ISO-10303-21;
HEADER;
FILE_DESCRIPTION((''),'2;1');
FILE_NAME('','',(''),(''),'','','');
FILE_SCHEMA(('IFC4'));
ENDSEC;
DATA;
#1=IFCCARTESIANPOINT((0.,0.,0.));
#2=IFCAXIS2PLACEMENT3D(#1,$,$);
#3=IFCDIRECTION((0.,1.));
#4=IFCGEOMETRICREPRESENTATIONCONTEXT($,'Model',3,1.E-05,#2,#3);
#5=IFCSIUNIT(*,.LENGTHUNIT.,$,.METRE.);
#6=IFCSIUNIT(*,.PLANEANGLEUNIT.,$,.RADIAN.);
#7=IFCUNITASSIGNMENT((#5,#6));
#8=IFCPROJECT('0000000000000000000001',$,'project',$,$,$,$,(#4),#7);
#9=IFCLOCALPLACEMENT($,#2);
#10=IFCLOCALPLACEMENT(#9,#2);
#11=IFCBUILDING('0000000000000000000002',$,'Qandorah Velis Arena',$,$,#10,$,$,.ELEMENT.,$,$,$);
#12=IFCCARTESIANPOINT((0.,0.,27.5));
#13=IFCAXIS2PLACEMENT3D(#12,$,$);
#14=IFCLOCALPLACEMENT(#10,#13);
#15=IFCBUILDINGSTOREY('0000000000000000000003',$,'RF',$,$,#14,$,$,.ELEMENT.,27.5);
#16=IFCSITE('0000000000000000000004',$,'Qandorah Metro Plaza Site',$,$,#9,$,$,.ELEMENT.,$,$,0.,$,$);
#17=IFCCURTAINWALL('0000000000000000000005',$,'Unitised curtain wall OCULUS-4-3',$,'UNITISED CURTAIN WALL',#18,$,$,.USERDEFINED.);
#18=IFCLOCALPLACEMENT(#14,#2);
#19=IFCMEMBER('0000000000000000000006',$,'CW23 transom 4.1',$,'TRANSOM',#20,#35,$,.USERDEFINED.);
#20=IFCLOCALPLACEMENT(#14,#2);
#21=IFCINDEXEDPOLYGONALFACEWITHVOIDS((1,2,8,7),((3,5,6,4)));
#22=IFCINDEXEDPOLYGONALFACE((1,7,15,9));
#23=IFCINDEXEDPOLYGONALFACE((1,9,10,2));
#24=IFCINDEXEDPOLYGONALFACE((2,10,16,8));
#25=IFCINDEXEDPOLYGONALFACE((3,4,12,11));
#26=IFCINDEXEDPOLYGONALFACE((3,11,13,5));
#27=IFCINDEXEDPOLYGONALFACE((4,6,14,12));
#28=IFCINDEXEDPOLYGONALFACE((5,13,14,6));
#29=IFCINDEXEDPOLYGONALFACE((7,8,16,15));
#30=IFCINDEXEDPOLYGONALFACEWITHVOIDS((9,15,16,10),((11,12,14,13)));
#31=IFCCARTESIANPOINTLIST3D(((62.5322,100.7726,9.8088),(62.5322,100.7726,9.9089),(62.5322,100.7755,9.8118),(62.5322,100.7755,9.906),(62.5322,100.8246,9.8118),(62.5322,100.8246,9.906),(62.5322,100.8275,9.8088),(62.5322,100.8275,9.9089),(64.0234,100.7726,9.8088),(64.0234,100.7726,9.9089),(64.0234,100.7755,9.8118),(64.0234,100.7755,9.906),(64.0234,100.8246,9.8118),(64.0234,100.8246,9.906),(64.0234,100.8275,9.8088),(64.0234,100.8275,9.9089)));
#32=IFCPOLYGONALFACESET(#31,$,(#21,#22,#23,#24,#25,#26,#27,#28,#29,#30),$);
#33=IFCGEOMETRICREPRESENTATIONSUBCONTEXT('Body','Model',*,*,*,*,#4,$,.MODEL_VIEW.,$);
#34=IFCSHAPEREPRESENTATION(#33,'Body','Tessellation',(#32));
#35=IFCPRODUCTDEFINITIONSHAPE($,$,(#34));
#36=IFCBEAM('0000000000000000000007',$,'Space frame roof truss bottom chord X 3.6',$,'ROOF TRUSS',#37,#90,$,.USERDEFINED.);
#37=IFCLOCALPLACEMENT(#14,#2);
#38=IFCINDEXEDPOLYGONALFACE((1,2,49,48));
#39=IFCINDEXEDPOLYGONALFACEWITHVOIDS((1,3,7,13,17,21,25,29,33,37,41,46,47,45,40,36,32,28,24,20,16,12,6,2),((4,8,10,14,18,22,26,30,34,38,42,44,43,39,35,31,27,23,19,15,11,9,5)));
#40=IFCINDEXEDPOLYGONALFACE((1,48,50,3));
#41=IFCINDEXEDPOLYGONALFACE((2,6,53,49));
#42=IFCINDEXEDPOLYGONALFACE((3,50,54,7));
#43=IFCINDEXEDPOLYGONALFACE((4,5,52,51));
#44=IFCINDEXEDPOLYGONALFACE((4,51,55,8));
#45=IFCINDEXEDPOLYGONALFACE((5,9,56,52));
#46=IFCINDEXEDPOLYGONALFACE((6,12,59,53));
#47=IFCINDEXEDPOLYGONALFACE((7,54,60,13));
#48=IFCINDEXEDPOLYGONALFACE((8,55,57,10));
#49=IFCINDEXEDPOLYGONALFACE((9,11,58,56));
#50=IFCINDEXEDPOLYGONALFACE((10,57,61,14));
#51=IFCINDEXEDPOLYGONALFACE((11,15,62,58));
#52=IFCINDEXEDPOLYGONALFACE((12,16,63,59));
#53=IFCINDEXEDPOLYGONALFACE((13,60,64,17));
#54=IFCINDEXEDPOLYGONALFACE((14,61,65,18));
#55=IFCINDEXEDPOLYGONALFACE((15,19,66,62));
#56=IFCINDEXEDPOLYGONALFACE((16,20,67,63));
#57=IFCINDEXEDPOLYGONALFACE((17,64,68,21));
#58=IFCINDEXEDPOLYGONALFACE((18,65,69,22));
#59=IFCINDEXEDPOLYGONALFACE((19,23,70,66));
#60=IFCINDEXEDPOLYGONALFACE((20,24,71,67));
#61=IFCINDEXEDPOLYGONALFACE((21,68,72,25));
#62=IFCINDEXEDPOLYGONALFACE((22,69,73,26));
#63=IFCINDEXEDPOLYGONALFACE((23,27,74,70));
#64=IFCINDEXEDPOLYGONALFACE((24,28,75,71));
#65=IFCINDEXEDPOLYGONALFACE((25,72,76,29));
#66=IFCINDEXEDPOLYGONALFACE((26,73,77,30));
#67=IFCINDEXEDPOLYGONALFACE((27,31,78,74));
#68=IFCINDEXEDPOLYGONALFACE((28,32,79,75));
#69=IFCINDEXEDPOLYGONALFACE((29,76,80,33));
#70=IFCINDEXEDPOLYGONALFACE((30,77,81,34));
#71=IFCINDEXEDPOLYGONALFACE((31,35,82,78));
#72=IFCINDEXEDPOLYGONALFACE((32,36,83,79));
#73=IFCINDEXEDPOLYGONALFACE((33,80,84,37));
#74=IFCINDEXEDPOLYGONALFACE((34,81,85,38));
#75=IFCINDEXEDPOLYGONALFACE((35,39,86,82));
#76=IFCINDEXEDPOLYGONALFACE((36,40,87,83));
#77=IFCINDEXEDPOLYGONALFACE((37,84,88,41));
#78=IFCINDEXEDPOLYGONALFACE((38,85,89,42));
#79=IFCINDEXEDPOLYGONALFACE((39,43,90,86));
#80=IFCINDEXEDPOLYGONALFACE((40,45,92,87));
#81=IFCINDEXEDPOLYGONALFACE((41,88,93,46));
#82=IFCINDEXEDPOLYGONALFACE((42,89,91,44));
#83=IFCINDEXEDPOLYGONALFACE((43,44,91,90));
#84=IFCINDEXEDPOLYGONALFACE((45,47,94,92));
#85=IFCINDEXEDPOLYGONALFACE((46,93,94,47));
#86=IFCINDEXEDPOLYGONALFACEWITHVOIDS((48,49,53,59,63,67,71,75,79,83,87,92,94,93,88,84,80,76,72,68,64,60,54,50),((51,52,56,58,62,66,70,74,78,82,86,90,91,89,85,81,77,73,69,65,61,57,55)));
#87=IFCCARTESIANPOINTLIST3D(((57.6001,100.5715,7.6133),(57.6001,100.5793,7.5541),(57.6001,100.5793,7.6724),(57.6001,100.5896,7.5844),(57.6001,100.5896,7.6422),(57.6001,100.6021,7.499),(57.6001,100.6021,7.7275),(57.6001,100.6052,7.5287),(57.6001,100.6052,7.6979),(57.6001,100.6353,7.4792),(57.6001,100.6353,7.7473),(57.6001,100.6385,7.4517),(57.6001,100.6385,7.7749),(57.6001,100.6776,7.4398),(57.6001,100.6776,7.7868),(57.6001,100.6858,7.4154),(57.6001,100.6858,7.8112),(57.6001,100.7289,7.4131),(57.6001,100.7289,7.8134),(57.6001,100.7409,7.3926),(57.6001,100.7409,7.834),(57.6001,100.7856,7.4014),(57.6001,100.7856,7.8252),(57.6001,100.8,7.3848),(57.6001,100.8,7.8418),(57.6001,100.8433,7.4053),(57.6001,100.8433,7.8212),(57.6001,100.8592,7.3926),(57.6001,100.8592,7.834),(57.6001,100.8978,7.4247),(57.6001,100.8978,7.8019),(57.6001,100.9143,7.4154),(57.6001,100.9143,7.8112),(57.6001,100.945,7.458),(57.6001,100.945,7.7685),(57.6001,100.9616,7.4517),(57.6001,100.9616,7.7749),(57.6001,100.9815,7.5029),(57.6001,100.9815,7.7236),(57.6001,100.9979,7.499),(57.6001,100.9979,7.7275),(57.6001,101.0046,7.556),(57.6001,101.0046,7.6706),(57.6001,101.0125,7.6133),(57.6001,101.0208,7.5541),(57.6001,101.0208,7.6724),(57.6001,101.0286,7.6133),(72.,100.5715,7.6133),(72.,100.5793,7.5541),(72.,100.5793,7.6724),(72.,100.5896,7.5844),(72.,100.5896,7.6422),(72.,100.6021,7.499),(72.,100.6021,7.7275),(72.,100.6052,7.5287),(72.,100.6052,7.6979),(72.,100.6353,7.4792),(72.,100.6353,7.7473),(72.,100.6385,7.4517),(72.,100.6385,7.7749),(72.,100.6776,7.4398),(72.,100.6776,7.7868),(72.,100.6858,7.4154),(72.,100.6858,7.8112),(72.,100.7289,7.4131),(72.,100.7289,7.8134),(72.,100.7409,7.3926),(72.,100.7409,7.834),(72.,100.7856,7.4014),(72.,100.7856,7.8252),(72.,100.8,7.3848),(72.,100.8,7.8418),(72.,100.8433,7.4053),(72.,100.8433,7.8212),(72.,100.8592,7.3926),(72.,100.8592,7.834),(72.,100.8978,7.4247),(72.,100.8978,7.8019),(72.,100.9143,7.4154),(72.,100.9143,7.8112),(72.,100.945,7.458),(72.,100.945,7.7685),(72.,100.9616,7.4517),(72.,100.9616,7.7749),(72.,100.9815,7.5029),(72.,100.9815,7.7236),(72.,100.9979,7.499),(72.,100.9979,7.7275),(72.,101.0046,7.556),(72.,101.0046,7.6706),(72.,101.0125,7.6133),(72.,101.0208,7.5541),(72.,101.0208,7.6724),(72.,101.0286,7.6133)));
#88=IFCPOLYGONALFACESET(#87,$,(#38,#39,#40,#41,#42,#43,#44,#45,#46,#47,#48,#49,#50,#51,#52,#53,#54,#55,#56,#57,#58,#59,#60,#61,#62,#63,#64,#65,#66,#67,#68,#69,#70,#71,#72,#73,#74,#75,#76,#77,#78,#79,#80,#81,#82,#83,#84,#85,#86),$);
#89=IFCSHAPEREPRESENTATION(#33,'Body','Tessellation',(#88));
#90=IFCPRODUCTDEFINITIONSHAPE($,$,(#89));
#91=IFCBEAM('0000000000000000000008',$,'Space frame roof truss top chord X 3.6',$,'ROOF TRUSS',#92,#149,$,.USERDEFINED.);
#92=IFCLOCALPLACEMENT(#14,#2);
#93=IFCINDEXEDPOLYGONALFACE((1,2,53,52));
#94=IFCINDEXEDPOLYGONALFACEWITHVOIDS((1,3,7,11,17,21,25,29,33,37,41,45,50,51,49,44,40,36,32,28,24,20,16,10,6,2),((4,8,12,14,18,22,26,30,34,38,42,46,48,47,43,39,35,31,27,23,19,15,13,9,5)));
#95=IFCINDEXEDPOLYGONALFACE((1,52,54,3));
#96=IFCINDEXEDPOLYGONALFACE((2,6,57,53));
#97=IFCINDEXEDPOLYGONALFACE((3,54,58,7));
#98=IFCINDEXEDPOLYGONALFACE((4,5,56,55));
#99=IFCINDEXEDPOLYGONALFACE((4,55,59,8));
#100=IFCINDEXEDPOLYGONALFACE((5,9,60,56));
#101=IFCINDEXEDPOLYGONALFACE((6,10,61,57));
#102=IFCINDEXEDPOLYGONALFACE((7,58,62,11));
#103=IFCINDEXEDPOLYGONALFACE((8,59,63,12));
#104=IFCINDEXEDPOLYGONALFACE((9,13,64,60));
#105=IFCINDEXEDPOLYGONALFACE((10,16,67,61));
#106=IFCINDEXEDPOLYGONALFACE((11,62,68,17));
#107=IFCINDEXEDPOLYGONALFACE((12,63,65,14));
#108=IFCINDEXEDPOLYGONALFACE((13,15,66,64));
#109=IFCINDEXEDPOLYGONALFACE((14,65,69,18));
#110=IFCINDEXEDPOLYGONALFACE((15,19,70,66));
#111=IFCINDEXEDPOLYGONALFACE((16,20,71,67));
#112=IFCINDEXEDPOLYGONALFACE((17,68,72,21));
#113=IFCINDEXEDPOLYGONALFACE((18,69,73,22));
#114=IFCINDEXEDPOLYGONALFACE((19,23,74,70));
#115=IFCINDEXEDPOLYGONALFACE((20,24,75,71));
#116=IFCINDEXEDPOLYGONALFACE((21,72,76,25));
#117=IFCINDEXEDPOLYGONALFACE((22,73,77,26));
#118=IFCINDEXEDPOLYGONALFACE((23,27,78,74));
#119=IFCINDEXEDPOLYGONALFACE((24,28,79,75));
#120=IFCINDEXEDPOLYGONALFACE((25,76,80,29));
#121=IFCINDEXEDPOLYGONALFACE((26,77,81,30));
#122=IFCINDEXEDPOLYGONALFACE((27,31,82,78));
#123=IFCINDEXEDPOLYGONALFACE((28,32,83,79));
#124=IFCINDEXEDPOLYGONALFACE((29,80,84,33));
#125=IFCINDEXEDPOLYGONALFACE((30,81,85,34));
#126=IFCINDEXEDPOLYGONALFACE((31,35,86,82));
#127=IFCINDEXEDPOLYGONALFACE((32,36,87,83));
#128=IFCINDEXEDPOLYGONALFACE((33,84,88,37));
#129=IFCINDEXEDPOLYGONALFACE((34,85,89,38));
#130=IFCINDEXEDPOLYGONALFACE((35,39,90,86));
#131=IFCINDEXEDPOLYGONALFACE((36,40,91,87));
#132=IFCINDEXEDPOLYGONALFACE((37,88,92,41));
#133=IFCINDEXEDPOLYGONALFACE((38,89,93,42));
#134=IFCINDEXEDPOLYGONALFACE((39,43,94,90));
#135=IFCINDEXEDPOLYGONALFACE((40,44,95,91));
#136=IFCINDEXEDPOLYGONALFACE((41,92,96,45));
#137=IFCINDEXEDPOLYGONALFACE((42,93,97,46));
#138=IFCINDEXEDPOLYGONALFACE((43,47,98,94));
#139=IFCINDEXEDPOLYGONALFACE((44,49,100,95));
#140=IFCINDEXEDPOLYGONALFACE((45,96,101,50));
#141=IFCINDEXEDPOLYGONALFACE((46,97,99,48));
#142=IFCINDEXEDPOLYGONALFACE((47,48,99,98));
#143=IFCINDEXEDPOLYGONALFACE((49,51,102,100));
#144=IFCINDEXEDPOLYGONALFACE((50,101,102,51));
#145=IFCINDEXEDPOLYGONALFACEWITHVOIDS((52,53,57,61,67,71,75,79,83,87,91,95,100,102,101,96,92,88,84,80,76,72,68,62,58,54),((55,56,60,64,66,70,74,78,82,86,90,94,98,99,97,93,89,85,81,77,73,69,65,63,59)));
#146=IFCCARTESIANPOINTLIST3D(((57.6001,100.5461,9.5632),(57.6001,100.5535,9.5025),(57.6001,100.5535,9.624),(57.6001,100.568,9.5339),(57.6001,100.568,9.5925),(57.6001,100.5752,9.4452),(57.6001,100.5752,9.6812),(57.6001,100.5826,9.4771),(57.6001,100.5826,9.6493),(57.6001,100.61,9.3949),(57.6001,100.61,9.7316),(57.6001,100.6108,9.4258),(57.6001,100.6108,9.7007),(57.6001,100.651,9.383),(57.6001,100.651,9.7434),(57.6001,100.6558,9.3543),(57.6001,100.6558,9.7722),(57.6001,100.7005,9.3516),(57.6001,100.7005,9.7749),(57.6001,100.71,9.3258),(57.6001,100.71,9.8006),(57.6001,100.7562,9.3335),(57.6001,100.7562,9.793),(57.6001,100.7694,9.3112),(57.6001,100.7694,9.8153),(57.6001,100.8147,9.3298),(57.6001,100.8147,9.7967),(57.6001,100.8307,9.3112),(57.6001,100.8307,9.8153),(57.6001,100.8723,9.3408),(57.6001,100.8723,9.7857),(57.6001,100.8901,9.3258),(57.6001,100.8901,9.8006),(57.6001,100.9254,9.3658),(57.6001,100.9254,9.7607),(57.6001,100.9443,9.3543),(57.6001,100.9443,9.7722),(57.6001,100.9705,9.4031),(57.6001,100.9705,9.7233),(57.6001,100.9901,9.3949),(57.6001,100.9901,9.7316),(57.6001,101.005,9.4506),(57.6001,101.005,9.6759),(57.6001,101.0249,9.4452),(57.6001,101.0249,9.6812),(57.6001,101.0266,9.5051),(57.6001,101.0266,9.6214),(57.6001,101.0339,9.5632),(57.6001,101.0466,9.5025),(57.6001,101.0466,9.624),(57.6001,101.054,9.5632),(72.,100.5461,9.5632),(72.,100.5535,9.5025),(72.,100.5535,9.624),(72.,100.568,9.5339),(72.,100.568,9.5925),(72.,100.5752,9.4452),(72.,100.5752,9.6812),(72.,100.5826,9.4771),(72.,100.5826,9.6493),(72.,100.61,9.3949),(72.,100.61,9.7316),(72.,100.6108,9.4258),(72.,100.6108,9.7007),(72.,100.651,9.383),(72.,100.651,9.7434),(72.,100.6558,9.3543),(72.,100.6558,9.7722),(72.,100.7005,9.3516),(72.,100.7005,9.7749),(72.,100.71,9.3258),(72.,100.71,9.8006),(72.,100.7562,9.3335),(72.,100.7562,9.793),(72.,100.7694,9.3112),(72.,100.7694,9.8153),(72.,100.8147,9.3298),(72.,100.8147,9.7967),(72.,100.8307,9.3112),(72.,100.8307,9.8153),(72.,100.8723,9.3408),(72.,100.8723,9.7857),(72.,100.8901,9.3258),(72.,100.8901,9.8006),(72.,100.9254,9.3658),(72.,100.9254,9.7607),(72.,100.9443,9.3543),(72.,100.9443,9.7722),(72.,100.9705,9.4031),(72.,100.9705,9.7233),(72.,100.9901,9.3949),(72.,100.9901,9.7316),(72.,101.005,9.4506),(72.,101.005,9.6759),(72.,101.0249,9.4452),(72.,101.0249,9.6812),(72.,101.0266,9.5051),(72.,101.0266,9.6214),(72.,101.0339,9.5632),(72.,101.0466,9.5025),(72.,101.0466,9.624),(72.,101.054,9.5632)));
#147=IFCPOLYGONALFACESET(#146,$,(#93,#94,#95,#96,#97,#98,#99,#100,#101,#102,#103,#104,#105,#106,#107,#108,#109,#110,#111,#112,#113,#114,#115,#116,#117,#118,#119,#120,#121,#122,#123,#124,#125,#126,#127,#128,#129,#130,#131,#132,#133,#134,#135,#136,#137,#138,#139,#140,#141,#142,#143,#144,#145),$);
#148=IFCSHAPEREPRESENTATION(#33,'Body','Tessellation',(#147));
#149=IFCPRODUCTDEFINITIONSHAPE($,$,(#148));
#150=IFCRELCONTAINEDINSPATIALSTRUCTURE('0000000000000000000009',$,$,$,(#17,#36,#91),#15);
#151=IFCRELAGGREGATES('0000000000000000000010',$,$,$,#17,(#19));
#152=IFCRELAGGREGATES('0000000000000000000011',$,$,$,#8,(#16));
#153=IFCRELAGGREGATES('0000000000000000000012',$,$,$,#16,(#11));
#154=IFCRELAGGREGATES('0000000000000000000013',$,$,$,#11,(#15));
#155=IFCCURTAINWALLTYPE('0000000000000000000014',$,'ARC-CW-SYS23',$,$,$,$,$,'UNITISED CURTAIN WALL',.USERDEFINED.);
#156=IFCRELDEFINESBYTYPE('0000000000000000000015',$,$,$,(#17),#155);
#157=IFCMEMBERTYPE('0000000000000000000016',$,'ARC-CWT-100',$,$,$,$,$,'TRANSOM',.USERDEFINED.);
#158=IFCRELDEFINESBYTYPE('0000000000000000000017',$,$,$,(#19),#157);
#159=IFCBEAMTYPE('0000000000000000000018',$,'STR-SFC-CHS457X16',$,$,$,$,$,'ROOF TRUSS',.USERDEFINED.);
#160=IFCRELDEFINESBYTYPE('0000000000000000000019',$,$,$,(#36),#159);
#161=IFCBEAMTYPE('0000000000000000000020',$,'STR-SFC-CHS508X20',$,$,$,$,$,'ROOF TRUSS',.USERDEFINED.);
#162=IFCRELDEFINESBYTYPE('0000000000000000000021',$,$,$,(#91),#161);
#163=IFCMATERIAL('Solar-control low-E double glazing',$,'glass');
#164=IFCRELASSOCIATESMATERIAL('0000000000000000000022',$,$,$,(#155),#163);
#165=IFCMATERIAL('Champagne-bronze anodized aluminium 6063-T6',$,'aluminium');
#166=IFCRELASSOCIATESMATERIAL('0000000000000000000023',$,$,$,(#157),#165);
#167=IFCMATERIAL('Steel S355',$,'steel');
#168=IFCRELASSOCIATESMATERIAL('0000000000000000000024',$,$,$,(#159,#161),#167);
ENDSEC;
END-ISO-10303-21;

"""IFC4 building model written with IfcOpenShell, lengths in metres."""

from ifc_helpers import new_model, si_unit, direction, frame, origin, origin_2d, place, context, subcontext, project, spatial, hollow_rectangle, hollow_circle, extrude, material, material_profile, profile_set, type_object, element, aggregate, save


model = new_model("IFC4")

# Units and contexts
model_context = context("Model", 3, precision=1e-05, world=origin(), true_north=direction((0.0, 1.0)))
body_context = subcontext(model_context, "Body", "Model", "MODEL_VIEW")
ifc_project = project(units=[si_unit("LENGTHUNIT", "METRE"), si_unit("PLANEANGLEUNIT", "RADIAN")], contexts=[model_context])

# Site, building, storey
site_placement = place(None, origin())
site = spatial("IfcSite", under=ifc_project, at=site_placement, Name="Qandorah Metro Plaza Site", CompositionType="ELEMENT", RefElevation=0.0)
building_placement = place(site_placement, origin())
building = spatial("IfcBuilding", under=site, at=building_placement, Name="Qandorah Velis Arena", CompositionType="ELEMENT")
storey_placement = place(building_placement, frame((0.0, 0.0, 27.5)))
storey = spatial("IfcBuildingStorey", under=building, at=storey_placement, Name="RF", CompositionType="ELEMENT", Elevation=27.5)

# Shared definitions
ifc_material_1 = material(Name="Solar-control low-E double glazing", Category="glass")
ifc_material_2 = material(Name="Champagne-bronze anodized aluminium 6063-T6", Category="aluminium")

# Curtain wall
curtain_wall_type_1 = type_object("IfcCurtainWallType", Name="ARC-CW-SYS23", ElementType="UNITISED CURTAIN WALL", PredefinedType="USERDEFINED", material=ifc_material_1)
curtain_wall_1_placement = place(storey_placement, origin())
curtain_wall_1 = element("IfcCurtainWall", 1, at=curtain_wall_1_placement, inside=storey, type_object=curtain_wall_type_1, Name="Unitised curtain wall OCULUS-4-3", ObjectType="UNITISED CURTAIN WALL", PredefinedType="USERDEFINED")

# Member
ifc_material_profile_1 = material_profile(ifc_material_2, hollow_rectangle(XDim=0.0549, YDim=0.1001, WallThickness=0.0029, at=origin_2d()), Name="ALU TRANSOM 55x100")
ifc_profile_set_1 = profile_set([ifc_material_profile_1], Name="Champagne-bronze anodized aluminium 6063-T6")
member_type_1 = type_object("IfcMemberType", Name="ARC-CWT-100", ElementType="TRANSOM", PredefinedType="USERDEFINED", material=ifc_profile_set_1)
member_1_placement = place(storey_placement, frame((62.5322, 100.8, 9.8589), z_axis=(1.0, 0.0, 0.0), x_axis=(0.0, 1.0, 0.0)))
member_1 = element("IfcMember", 2, at=member_1_placement, type_object=member_type_1, Name="CW23 transom 4.1", ObjectType="TRANSOM", PredefinedType="USERDEFINED", context=body_context, shape_type="SweptSolid", body=[
    extrude(hollow_rectangle(XDim=0.0549, YDim=0.1001, WallThickness=0.0029, at=origin_2d()), origin(), (0.0, 0.0, 1.0), 1.4912),
])

# Beams
ifc_material_3 = material(Name="Steel S355", Category="steel")
ifc_material_profile_2 = material_profile(ifc_material_3, hollow_circle(Radius=0.2285, WallThickness=0.0161, at=origin_2d()), Name="CHS 457x16")
ifc_profile_set_2 = profile_set([ifc_material_profile_2], Name="Steel S355")
beam_type_1 = type_object("IfcBeamType", Name="STR-SFC-CHS457X16", ElementType="ROOF TRUSS", PredefinedType="USERDEFINED", material=ifc_profile_set_2)
beam_1_placement = place(storey_placement, frame((57.6001, 100.8, 7.6133), z_axis=(1.0, 0.0, 0.0), x_axis=(0.0, 1.0, 0.0)))
element("IfcBeam", 3, at=beam_1_placement, inside=storey, type_object=beam_type_1, Name="Space frame roof truss bottom chord X 3.6", ObjectType="ROOF TRUSS", PredefinedType="USERDEFINED", context=body_context, shape_type="SweptSolid", body=[
    extrude(hollow_circle(Radius=0.2285, WallThickness=0.0161, at=origin_2d()), origin(), (0.0, 0.0, 1.0), 14.3999),
])
ifc_material_profile_3 = material_profile(ifc_material_3, hollow_circle(Radius=0.2539, WallThickness=0.02, at=origin_2d()), Name="CHS 508x20")
ifc_profile_set_3 = profile_set([ifc_material_profile_3], Name="Steel S355")
beam_type_2 = type_object("IfcBeamType", Name="STR-SFC-CHS508X20", ElementType="ROOF TRUSS", PredefinedType="USERDEFINED", material=ifc_profile_set_3)
beam_2_placement = place(storey_placement, frame((57.6001, 100.8, 9.5632), z_axis=(1.0, 0.0, 0.0), x_axis=(0.0, 1.0, 0.0)))
element("IfcBeam", 4, at=beam_2_placement, inside=storey, type_object=beam_type_2, Name="Space frame roof truss top chord X 3.6", ObjectType="ROOF TRUSS", PredefinedType="USERDEFINED", context=body_context, shape_type="SweptSolid", body=[
    extrude(hollow_circle(Radius=0.2539, WallThickness=0.02, at=origin_2d()), origin(), (0.0, 0.0, 1.0), 14.3999),
])

aggregate(curtain_wall_1, [member_1])

save(model, "model.ifc")
